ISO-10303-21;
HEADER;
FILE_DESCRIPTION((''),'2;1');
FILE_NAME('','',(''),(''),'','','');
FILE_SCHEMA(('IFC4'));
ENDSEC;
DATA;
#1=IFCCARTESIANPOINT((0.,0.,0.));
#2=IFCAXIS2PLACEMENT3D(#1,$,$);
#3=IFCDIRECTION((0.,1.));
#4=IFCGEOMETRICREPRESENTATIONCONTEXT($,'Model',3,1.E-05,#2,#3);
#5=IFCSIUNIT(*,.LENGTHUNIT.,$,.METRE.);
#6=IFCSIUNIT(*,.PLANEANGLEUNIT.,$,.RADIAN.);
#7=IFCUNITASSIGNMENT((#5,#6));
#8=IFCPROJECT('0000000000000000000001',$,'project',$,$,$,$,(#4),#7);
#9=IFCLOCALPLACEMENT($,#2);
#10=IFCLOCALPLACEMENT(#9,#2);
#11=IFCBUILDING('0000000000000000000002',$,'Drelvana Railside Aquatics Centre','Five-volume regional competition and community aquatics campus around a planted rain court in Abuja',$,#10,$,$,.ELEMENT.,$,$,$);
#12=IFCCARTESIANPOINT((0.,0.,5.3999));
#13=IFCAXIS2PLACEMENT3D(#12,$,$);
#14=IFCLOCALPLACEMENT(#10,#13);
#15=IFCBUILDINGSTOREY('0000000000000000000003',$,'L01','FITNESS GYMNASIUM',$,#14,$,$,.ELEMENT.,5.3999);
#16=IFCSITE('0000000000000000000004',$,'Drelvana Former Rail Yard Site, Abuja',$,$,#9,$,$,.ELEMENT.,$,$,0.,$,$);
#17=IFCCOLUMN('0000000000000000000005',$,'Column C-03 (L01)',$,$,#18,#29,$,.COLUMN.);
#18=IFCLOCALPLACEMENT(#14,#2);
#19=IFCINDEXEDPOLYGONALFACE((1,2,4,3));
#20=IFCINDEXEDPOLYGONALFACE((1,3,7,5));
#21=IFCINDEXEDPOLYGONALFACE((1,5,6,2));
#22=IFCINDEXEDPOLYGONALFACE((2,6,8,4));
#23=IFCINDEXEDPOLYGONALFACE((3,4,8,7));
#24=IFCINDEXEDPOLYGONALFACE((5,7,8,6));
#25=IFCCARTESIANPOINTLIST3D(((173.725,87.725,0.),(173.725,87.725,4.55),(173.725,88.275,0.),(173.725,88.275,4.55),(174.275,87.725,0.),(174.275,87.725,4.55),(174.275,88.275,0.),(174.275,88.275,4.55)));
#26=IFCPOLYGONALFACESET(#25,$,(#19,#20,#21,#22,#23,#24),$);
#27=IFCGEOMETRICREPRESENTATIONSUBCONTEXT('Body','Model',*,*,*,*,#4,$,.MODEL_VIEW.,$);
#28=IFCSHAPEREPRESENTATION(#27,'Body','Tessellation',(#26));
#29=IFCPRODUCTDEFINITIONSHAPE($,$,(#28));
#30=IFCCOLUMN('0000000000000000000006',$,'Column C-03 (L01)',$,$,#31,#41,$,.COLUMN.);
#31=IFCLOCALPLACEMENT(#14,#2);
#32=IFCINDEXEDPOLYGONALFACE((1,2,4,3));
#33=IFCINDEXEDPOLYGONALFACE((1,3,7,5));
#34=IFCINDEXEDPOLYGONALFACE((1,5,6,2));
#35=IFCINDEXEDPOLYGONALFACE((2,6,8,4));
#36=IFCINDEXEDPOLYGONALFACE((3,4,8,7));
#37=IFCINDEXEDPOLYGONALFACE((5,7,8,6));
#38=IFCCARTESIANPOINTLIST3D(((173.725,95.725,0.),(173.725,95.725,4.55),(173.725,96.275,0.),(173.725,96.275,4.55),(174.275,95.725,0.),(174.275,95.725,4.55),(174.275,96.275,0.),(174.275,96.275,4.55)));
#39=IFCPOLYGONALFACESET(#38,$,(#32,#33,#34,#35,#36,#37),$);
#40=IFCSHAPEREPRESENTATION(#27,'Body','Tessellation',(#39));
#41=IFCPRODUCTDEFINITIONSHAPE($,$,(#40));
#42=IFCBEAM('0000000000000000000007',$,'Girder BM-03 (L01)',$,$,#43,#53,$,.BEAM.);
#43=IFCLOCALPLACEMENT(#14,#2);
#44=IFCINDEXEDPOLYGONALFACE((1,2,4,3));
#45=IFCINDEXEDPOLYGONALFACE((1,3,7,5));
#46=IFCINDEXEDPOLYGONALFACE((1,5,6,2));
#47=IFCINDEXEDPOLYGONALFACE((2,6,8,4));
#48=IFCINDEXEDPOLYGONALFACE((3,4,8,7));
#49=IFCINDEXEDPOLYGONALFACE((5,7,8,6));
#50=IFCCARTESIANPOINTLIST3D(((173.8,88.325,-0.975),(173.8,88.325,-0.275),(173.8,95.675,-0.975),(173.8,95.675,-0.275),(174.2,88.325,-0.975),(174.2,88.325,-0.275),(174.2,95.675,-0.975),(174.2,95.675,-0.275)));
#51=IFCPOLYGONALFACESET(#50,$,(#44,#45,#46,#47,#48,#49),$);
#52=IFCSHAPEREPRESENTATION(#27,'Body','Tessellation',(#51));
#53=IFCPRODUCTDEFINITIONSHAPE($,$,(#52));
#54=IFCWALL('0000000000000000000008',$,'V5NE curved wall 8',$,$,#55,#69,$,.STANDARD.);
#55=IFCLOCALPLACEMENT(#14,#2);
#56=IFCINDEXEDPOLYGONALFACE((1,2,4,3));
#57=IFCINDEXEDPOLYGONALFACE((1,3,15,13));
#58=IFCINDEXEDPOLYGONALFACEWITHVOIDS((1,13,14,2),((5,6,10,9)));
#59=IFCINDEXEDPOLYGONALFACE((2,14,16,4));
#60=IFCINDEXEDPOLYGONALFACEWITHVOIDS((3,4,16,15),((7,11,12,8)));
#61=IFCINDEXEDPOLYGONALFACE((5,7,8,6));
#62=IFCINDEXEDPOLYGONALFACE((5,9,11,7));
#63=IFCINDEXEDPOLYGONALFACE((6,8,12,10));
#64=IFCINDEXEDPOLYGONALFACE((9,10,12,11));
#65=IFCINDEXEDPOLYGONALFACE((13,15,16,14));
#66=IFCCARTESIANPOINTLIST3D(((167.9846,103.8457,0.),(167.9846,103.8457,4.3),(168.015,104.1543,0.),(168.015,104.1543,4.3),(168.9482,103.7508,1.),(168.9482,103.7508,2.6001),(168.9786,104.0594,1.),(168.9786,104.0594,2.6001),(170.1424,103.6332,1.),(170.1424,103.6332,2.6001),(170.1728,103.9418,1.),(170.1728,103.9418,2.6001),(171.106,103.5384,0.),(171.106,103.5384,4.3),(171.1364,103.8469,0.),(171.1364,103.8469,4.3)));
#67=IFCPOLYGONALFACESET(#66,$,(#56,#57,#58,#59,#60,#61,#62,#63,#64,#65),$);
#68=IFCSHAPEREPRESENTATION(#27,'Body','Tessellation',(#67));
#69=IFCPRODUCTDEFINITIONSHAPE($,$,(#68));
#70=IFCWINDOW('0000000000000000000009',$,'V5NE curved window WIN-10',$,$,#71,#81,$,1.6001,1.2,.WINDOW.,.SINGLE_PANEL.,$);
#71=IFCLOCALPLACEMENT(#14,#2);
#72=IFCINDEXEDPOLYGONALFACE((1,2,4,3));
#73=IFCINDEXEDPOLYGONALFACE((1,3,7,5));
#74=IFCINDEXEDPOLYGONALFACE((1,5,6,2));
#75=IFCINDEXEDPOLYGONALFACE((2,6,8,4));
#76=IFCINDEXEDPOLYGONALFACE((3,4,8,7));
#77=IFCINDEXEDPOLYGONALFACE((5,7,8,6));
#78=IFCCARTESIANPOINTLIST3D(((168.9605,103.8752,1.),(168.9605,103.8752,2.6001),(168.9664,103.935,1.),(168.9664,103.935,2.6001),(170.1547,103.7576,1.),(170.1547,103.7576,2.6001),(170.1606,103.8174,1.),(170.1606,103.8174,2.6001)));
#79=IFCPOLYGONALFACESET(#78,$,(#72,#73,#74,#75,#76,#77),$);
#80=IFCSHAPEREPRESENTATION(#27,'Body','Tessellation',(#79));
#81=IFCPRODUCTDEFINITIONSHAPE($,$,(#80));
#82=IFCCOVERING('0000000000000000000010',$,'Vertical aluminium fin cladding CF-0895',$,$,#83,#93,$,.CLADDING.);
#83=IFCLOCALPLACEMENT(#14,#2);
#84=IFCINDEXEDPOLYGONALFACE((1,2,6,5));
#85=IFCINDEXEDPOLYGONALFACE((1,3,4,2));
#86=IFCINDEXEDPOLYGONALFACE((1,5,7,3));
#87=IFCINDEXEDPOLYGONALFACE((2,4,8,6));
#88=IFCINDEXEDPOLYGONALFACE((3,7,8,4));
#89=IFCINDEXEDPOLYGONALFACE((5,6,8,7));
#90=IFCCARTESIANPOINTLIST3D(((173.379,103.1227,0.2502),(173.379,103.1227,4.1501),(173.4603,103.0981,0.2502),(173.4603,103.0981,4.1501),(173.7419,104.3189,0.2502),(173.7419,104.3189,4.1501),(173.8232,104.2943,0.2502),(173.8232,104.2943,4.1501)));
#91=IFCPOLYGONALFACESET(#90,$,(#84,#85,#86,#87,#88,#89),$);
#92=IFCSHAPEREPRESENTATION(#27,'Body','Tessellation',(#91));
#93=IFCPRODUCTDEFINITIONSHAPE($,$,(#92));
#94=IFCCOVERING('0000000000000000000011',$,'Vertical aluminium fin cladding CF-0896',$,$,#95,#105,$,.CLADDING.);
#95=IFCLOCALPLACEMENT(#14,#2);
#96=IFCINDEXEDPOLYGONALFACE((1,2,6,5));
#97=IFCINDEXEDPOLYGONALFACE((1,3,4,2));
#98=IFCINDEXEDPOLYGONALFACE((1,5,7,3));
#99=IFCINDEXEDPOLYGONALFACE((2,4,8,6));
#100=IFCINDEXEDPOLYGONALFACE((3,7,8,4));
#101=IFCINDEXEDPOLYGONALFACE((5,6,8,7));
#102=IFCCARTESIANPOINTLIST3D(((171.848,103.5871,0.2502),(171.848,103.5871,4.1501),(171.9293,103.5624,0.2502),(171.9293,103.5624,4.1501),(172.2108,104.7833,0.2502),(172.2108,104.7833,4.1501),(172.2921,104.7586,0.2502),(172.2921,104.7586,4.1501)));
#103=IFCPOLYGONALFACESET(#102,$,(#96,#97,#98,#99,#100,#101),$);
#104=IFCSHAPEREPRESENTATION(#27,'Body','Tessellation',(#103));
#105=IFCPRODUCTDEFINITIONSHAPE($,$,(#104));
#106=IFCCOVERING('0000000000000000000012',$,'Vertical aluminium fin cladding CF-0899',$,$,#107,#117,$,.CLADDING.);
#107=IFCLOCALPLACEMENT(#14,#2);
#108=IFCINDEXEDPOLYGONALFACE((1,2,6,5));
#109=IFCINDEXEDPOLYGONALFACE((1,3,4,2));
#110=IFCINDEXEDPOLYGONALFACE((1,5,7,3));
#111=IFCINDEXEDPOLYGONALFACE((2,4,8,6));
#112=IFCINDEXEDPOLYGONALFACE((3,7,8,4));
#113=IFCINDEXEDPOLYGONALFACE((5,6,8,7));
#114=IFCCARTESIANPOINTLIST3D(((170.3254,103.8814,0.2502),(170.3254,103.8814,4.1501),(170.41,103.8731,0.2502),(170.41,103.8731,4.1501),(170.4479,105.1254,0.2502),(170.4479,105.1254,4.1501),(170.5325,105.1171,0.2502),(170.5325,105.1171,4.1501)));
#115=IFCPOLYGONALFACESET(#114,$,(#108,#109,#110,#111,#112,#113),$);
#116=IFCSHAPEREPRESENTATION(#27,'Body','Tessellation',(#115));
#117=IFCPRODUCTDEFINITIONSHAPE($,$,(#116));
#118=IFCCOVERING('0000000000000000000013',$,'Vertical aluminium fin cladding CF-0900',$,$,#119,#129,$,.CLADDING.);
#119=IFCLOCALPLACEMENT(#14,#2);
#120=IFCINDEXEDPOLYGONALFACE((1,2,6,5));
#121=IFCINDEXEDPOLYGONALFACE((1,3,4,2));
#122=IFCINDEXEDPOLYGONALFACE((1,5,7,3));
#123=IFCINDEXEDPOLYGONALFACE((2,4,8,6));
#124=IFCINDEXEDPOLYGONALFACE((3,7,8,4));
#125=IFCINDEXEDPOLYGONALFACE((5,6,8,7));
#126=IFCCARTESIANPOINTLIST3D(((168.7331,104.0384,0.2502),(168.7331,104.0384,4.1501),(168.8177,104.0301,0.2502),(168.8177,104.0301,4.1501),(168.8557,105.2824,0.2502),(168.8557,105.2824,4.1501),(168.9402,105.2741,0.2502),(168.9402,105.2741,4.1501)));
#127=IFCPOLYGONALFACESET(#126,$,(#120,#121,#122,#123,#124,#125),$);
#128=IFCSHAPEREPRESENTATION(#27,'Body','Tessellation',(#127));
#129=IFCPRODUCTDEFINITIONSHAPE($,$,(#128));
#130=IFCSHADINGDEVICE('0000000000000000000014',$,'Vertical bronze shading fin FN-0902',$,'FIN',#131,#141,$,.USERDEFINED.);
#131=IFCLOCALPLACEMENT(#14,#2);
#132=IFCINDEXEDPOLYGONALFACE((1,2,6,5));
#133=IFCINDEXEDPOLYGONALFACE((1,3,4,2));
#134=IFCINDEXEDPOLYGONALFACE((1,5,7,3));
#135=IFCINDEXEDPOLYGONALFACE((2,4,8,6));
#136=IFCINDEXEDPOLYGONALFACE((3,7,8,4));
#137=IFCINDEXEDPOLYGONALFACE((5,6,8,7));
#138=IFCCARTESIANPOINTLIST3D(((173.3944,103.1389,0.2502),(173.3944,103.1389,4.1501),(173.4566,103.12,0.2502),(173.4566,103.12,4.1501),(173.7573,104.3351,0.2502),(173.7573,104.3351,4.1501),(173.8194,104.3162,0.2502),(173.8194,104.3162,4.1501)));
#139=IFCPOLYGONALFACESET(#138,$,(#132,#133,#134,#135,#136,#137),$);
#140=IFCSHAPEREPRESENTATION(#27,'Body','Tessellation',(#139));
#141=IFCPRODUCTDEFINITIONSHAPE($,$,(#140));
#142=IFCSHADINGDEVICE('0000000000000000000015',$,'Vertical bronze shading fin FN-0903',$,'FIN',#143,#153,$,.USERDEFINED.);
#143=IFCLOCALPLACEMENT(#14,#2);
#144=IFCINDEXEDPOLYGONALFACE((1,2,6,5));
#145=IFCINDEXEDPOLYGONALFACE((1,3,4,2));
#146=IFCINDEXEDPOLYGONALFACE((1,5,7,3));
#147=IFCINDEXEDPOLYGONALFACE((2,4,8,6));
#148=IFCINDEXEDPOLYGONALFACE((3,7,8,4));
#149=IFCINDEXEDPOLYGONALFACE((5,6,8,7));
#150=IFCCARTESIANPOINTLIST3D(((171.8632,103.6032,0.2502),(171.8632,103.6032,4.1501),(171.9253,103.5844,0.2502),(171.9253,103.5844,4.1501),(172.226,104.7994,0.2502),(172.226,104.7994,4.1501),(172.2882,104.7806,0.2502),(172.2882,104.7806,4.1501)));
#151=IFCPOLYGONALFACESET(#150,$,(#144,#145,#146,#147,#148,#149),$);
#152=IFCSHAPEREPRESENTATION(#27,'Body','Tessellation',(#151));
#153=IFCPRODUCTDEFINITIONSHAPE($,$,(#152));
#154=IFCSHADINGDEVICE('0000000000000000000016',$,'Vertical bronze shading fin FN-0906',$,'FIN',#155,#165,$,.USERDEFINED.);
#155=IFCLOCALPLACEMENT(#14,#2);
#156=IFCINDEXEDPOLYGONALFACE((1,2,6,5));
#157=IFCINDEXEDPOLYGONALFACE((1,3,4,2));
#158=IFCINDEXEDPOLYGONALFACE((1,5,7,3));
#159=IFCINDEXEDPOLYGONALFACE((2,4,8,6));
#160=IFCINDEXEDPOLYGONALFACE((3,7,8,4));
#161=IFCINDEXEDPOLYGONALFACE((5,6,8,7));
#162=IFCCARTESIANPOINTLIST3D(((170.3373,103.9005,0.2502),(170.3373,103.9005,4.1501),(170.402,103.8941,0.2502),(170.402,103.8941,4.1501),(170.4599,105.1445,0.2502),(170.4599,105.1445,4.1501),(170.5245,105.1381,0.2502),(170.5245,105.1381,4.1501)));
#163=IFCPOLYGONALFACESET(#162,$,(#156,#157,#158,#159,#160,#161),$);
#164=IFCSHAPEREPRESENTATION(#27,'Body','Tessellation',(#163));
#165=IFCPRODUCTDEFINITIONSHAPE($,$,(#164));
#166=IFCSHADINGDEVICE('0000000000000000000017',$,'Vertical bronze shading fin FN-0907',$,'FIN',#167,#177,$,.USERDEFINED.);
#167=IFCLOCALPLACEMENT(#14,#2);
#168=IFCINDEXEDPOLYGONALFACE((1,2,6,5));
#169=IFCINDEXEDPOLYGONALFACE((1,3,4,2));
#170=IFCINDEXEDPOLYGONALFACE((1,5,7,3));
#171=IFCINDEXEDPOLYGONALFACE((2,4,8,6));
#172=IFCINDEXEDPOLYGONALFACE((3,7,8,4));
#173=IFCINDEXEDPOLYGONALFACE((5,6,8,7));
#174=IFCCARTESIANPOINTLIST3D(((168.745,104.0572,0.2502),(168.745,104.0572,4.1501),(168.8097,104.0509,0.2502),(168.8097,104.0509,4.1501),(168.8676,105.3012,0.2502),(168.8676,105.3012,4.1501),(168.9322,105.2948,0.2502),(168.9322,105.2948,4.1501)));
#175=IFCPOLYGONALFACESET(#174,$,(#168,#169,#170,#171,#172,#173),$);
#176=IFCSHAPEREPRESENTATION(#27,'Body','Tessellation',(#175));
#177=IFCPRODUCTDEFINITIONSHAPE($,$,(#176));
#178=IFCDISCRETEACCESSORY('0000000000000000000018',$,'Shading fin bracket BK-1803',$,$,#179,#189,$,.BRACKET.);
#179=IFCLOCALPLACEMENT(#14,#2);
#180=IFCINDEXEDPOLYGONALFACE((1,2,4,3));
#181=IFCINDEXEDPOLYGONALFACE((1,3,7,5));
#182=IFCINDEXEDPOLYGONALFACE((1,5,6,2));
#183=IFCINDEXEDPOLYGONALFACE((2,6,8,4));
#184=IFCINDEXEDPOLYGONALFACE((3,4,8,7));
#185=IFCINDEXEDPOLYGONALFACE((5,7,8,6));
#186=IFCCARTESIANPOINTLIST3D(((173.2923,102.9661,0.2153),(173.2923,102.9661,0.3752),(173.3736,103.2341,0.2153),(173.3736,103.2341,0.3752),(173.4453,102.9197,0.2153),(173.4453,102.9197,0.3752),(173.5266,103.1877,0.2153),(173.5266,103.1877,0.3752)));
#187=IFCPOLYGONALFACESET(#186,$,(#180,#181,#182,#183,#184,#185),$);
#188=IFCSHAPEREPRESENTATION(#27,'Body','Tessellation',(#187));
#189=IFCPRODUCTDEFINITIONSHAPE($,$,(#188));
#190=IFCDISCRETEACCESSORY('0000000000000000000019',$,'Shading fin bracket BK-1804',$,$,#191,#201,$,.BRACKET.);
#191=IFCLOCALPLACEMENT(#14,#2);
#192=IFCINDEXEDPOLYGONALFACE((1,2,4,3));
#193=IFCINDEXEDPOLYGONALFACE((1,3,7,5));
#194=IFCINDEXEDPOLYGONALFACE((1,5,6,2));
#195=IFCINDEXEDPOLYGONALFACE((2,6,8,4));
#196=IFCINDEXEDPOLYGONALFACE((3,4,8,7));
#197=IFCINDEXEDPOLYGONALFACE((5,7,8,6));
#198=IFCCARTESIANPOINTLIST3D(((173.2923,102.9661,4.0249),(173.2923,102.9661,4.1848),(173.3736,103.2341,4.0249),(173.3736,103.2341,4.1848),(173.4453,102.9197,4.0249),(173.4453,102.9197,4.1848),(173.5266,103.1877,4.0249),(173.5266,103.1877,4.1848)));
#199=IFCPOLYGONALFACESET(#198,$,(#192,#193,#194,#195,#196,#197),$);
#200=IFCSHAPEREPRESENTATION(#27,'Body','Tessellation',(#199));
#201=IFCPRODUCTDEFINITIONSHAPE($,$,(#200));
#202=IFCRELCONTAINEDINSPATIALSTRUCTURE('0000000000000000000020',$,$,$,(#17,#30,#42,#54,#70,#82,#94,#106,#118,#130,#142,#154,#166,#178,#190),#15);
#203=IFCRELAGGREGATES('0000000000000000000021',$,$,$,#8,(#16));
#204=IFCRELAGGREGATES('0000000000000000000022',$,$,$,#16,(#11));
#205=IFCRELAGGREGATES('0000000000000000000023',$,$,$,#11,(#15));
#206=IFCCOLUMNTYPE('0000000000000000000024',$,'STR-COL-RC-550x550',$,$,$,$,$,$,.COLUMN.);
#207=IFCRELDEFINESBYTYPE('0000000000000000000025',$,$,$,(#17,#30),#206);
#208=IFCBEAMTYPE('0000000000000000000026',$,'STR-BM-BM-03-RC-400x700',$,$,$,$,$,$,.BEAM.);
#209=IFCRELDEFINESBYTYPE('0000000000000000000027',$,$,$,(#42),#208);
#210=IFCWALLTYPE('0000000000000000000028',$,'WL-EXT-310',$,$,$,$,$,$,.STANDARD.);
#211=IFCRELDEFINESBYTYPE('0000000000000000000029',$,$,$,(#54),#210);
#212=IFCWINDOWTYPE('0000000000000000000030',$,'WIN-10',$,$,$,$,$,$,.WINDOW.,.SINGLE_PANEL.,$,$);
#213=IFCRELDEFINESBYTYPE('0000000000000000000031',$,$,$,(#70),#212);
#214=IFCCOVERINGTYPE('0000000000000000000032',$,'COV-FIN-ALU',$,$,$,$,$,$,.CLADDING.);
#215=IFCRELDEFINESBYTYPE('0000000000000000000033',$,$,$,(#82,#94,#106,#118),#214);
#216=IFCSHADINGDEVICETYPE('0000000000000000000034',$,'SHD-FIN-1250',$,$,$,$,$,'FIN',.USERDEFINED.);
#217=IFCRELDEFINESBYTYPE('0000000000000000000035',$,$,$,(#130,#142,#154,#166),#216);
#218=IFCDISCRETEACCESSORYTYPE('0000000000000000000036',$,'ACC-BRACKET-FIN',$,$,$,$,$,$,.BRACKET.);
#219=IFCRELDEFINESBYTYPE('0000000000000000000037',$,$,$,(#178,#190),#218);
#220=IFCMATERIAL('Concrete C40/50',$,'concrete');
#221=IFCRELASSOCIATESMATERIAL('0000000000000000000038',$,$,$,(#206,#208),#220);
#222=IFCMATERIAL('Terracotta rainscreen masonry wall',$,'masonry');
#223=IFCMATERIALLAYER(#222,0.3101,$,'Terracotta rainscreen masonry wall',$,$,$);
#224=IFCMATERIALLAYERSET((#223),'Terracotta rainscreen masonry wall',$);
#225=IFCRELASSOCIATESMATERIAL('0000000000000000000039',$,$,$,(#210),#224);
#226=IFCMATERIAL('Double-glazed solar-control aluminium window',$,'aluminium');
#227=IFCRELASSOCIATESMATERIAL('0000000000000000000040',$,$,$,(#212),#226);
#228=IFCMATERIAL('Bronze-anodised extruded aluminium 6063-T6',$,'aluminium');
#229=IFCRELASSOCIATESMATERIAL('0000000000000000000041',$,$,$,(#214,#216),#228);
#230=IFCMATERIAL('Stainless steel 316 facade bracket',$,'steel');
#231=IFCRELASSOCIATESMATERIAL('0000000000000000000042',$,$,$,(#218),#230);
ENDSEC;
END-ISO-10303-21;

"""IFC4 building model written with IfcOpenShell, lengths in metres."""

from ifc_helpers import new_model, si_unit, direction, frame, frame_2d, origin, origin_2d, place, context, subcontext, project, spatial, rectangle, extrude, material, layer, layer_set, material_profile, profile_set, type_object, element, fill, save


model = new_model("IFC4")

# Units and contexts
model_context = context("Model", 3, precision=1e-05, world=origin(), true_north=direction((0.0, 1.0)))
body_context = subcontext(model_context, "Body", "Model", "MODEL_VIEW")
ifc_project = project(units=[si_unit("LENGTHUNIT", "METRE"), si_unit("PLANEANGLEUNIT", "RADIAN")], contexts=[model_context])

# Site, building, storey
site_placement = place(None, origin())
site = spatial("IfcSite", under=ifc_project, at=site_placement, Name="Drelvana Former Rail Yard Site, Abuja", CompositionType="ELEMENT", RefElevation=0.0)
building_placement = place(site_placement, origin())
building = spatial("IfcBuilding", under=site, at=building_placement, Name="Drelvana Railside Aquatics Centre", Description="Five-volume regional competition and community aquatics campus around a planted rain court in Abuja", CompositionType="ELEMENT")
storey_placement = place(building_placement, frame((0.0, 0.0, 5.3999)))
storey = spatial("IfcBuildingStorey", under=building, at=storey_placement, Name="L01", Description="FITNESS GYMNASIUM", CompositionType="ELEMENT", Elevation=5.3999)

# Columns
ifc_material_1 = material(Name="Concrete C40/50", Category="concrete")
ifc_material_profile_1 = material_profile(ifc_material_1, rectangle(XDim=0.55, YDim=0.55, at=origin_2d()), Name="RC 550x550")
ifc_profile_set_1 = profile_set([ifc_material_profile_1], Name="Concrete C40/50")
column_type = type_object("IfcColumnType", Name="STR-COL-RC-550x550", PredefinedType="COLUMN", material=ifc_profile_set_1)
for number, where, z_axis, x_axis, name in (
    (1, (174.0, 88.0, 0.0), (0.0, 0.0, 1.0), (1.0, 0.0, 0.0), "Column C-03 (L01)"),
    (2, (174.0, 96.0, 0.0), (0.0, 0.0, 1.0), (1.0, 0.0, 0.0), "Column C-03 (L01)"),
):
    element("IfcColumn", number, at=place(storey_placement, frame(where, z_axis=z_axis, x_axis=x_axis)), inside=storey, type_object=column_type, Name=name, PredefinedType="COLUMN", context=body_context, shape_type="SweptSolid", body=[
        extrude(rectangle(XDim=0.55, YDim=0.55, at=origin_2d()), origin(), (0.0, 0.0, 1.0), 4.55),
    ])

# Beam
ifc_material_profile_2 = material_profile(ifc_material_1, rectangle(XDim=0.3999, YDim=0.7, at=origin_2d()), Name="RC 400x700")
ifc_profile_set_2 = profile_set([ifc_material_profile_2], Name="Concrete C40/50")
beam_type = type_object("IfcBeamType", Name="STR-BM-BM-03-RC-400x700", PredefinedType="BEAM", material=ifc_profile_set_2)
beam_placement = place(storey_placement, frame((174.0, 88.325, -0.625), z_axis=(0.0, 1.0, 0.0), x_axis=(-1.0, 0.0, 0.0)))
element("IfcBeam", 3, at=beam_placement, inside=storey, type_object=beam_type, Name="Girder BM-03 (L01)", PredefinedType="BEAM", context=body_context, shape_type="SweptSolid", body=[
    extrude(rectangle(XDim=0.3999, YDim=0.7, at=origin_2d()), origin(), (0.0, 0.0, 1.0), 7.3501),
])

# Wall, opening, window
ifc_material_2 = material(Name="Terracotta rainscreen masonry wall", Category="masonry")
ifc_layer = layer(ifc_material_2, 0.3101, Name="Terracotta rainscreen masonry wall")
ifc_layer_set = layer_set([ifc_layer], Name="Terracotta rainscreen masonry wall")
wall_type = type_object("IfcWallType", Name="WL-EXT-310", PredefinedType="STANDARD", material=ifc_layer_set)
wall_placement = place(storey_placement, frame((171.1213, 103.6926, 0.0), z_axis=(0.0, 0.0, 1.0), x_axis=(-0.995186, 0.098001, 0.0)))
wall = element("IfcWall", 4, at=wall_placement, inside=storey, type_object=wall_type, Name="V5NE curved wall 8", PredefinedType="STANDARD", context=body_context, shape_type="SweptSolid", body=[
    extrude(rectangle(XDim=3.1365, YDim=0.3101, at=frame_2d((1.5684, 0.0))), origin(), (0.0, 0.0, 1.0), 4.3),
])
opening_placement = place(wall_placement, frame((0.9683, 0.0, 1.0)))
opening = element("IfcOpeningElement", 5, at=opening_placement, cuts=wall, PredefinedType="OPENING", context=body_context, shape_type="SweptSolid", body=[
    extrude(rectangle(XDim=1.2, YDim=1.6001, at=frame_2d((0.6001, 0.8))), frame((0.0, 0.165, 0.0), z_axis=(0.0, -1.0, 0.0), x_axis=(1.0, 0.0, 0.0)), (0.0, 0.0, 1.0), 0.3301),
])
ifc_material_3 = material(Name="Double-glazed solar-control aluminium window", Category="aluminium")
window_type = type_object("IfcWindowType", Name="WIN-10", PartitioningType="SINGLE_PANEL", PredefinedType="WINDOW", material=ifc_material_3)
window_placement = place(opening_placement, origin())
window = element("IfcWindow", 6, at=window_placement, inside=storey, type_object=window_type, Name="V5NE curved window WIN-10", OverallHeight=1.6001, OverallWidth=1.2, PartitioningType="SINGLE_PANEL", PredefinedType="WINDOW", context=body_context, shape_type="SweptSolid", body=[
    extrude(rectangle(XDim=1.2, YDim=1.6001, at=frame_2d((0.6001, 0.8))), frame((0.0, 0.03, 0.0), z_axis=(0.0, -1.0, 0.0), x_axis=(1.0, 0.0, 0.0)), (0.0, 0.0, 1.0), 0.0601),
])
fill(opening, window)

# Coverings
ifc_material_4 = material(Name="Bronze-anodised extruded aluminium 6063-T6", Category="aluminium")
covering_type = type_object("IfcCoveringType", Name="COV-FIN-ALU", PredefinedType="CLADDING", material=ifc_material_4)
for number, where, z_axis, x_axis, name in (
    (7, (173.6011, 103.7085, 0.2502), (0.0, 0.0, 1.0), (0.95694, -0.290285, 0.0), "Vertical aluminium fin cladding CF-0895"),
    (8, (172.0701, 104.1729, 0.2502), (0.0, 0.0, 1.0), (0.95694, -0.290285, 0.0), "Vertical aluminium fin cladding CF-0896"),
    (9, (170.429, 104.4993, 0.2502), (0.0, 0.0, 1.0), (0.995185, -0.098017, 0.0), "Vertical aluminium fin cladding CF-0899"),
    (10, (168.8367, 104.6562, 0.2502), (0.0, 0.0, 1.0), (0.995185, -0.098017, 0.0), "Vertical aluminium fin cladding CF-0900"),
):
    element("IfcCovering", number, at=place(storey_placement, frame(where, z_axis=z_axis, x_axis=x_axis)), inside=storey, type_object=covering_type, Name=name, PredefinedType="CLADDING", context=body_context, shape_type="SweptSolid", body=[
        extrude(rectangle(XDim=0.085, YDim=1.25, at=origin_2d()), origin(), (0.0, 0.0, 1.0), 3.8999),
    ])

# Shading devices
shading_device_type = type_object("IfcShadingDeviceType", Name="SHD-FIN-1250", ElementType="FIN", PredefinedType="USERDEFINED", material=ifc_material_4)
for number, where, z_axis, x_axis, name in (
    (11, (173.6069, 103.7275, 0.2502), (0.0, 0.0, 1.0), (0.290285, 0.95694, 0.0), "Vertical bronze shading fin FN-0902"),
    (12, (172.0757, 104.1919, 0.2502), (0.0, 0.0, 1.0), (0.290285, 0.95694, 0.0), "Vertical bronze shading fin FN-0903"),
    (13, (170.4309, 104.5193, 0.2502), (0.0, 0.0, 1.0), (0.098017, 0.995185, 0.0), "Vertical bronze shading fin FN-0906"),
    (14, (168.8386, 104.676, 0.2502), (0.0, 0.0, 1.0), (0.098017, 0.995185, 0.0), "Vertical bronze shading fin FN-0907"),
):
    element("IfcShadingDevice", number, at=place(storey_placement, frame(where, z_axis=z_axis, x_axis=x_axis)), inside=storey, type_object=shading_device_type, Name=name, ObjectType="FIN", PredefinedType="USERDEFINED", context=body_context, shape_type="SweptSolid", body=[
        extrude(rectangle(XDim=1.25, YDim=0.0649, at=origin_2d()), origin(), (0.0, 0.0, 1.0), 3.8999),
    ])

# Discrete accessories
ifc_material_5 = material(Name="Stainless steel 316 facade bracket", Category="steel")
discrete_accessory_type = type_object("IfcDiscreteAccessoryType", Name="ACC-BRACKET-FIN", PredefinedType="BRACKET", material=ifc_material_5)
for number, where, z_axis, x_axis, name in (
    (15, (173.4094, 103.0769, 0.2153), (0.0, 0.0, 1.0), (0.290285, 0.95694, 0.0), "Shading fin bracket BK-1803"),
    (16, (173.4094, 103.0769, 4.0249), (0.0, 0.0, 1.0), (0.290285, 0.95694, 0.0), "Shading fin bracket BK-1804"),
):
    element("IfcDiscreteAccessory", number, at=place(storey_placement, frame(where, z_axis=z_axis, x_axis=x_axis)), inside=storey, type_object=discrete_accessory_type, Name=name, PredefinedType="BRACKET", context=body_context, shape_type="SweptSolid", body=[
        extrude(rectangle(XDim=0.28, YDim=0.1599, at=origin_2d()), origin(), (0.0, 0.0, 1.0), 0.1599),
    ])

save(model, "model.ifc")
